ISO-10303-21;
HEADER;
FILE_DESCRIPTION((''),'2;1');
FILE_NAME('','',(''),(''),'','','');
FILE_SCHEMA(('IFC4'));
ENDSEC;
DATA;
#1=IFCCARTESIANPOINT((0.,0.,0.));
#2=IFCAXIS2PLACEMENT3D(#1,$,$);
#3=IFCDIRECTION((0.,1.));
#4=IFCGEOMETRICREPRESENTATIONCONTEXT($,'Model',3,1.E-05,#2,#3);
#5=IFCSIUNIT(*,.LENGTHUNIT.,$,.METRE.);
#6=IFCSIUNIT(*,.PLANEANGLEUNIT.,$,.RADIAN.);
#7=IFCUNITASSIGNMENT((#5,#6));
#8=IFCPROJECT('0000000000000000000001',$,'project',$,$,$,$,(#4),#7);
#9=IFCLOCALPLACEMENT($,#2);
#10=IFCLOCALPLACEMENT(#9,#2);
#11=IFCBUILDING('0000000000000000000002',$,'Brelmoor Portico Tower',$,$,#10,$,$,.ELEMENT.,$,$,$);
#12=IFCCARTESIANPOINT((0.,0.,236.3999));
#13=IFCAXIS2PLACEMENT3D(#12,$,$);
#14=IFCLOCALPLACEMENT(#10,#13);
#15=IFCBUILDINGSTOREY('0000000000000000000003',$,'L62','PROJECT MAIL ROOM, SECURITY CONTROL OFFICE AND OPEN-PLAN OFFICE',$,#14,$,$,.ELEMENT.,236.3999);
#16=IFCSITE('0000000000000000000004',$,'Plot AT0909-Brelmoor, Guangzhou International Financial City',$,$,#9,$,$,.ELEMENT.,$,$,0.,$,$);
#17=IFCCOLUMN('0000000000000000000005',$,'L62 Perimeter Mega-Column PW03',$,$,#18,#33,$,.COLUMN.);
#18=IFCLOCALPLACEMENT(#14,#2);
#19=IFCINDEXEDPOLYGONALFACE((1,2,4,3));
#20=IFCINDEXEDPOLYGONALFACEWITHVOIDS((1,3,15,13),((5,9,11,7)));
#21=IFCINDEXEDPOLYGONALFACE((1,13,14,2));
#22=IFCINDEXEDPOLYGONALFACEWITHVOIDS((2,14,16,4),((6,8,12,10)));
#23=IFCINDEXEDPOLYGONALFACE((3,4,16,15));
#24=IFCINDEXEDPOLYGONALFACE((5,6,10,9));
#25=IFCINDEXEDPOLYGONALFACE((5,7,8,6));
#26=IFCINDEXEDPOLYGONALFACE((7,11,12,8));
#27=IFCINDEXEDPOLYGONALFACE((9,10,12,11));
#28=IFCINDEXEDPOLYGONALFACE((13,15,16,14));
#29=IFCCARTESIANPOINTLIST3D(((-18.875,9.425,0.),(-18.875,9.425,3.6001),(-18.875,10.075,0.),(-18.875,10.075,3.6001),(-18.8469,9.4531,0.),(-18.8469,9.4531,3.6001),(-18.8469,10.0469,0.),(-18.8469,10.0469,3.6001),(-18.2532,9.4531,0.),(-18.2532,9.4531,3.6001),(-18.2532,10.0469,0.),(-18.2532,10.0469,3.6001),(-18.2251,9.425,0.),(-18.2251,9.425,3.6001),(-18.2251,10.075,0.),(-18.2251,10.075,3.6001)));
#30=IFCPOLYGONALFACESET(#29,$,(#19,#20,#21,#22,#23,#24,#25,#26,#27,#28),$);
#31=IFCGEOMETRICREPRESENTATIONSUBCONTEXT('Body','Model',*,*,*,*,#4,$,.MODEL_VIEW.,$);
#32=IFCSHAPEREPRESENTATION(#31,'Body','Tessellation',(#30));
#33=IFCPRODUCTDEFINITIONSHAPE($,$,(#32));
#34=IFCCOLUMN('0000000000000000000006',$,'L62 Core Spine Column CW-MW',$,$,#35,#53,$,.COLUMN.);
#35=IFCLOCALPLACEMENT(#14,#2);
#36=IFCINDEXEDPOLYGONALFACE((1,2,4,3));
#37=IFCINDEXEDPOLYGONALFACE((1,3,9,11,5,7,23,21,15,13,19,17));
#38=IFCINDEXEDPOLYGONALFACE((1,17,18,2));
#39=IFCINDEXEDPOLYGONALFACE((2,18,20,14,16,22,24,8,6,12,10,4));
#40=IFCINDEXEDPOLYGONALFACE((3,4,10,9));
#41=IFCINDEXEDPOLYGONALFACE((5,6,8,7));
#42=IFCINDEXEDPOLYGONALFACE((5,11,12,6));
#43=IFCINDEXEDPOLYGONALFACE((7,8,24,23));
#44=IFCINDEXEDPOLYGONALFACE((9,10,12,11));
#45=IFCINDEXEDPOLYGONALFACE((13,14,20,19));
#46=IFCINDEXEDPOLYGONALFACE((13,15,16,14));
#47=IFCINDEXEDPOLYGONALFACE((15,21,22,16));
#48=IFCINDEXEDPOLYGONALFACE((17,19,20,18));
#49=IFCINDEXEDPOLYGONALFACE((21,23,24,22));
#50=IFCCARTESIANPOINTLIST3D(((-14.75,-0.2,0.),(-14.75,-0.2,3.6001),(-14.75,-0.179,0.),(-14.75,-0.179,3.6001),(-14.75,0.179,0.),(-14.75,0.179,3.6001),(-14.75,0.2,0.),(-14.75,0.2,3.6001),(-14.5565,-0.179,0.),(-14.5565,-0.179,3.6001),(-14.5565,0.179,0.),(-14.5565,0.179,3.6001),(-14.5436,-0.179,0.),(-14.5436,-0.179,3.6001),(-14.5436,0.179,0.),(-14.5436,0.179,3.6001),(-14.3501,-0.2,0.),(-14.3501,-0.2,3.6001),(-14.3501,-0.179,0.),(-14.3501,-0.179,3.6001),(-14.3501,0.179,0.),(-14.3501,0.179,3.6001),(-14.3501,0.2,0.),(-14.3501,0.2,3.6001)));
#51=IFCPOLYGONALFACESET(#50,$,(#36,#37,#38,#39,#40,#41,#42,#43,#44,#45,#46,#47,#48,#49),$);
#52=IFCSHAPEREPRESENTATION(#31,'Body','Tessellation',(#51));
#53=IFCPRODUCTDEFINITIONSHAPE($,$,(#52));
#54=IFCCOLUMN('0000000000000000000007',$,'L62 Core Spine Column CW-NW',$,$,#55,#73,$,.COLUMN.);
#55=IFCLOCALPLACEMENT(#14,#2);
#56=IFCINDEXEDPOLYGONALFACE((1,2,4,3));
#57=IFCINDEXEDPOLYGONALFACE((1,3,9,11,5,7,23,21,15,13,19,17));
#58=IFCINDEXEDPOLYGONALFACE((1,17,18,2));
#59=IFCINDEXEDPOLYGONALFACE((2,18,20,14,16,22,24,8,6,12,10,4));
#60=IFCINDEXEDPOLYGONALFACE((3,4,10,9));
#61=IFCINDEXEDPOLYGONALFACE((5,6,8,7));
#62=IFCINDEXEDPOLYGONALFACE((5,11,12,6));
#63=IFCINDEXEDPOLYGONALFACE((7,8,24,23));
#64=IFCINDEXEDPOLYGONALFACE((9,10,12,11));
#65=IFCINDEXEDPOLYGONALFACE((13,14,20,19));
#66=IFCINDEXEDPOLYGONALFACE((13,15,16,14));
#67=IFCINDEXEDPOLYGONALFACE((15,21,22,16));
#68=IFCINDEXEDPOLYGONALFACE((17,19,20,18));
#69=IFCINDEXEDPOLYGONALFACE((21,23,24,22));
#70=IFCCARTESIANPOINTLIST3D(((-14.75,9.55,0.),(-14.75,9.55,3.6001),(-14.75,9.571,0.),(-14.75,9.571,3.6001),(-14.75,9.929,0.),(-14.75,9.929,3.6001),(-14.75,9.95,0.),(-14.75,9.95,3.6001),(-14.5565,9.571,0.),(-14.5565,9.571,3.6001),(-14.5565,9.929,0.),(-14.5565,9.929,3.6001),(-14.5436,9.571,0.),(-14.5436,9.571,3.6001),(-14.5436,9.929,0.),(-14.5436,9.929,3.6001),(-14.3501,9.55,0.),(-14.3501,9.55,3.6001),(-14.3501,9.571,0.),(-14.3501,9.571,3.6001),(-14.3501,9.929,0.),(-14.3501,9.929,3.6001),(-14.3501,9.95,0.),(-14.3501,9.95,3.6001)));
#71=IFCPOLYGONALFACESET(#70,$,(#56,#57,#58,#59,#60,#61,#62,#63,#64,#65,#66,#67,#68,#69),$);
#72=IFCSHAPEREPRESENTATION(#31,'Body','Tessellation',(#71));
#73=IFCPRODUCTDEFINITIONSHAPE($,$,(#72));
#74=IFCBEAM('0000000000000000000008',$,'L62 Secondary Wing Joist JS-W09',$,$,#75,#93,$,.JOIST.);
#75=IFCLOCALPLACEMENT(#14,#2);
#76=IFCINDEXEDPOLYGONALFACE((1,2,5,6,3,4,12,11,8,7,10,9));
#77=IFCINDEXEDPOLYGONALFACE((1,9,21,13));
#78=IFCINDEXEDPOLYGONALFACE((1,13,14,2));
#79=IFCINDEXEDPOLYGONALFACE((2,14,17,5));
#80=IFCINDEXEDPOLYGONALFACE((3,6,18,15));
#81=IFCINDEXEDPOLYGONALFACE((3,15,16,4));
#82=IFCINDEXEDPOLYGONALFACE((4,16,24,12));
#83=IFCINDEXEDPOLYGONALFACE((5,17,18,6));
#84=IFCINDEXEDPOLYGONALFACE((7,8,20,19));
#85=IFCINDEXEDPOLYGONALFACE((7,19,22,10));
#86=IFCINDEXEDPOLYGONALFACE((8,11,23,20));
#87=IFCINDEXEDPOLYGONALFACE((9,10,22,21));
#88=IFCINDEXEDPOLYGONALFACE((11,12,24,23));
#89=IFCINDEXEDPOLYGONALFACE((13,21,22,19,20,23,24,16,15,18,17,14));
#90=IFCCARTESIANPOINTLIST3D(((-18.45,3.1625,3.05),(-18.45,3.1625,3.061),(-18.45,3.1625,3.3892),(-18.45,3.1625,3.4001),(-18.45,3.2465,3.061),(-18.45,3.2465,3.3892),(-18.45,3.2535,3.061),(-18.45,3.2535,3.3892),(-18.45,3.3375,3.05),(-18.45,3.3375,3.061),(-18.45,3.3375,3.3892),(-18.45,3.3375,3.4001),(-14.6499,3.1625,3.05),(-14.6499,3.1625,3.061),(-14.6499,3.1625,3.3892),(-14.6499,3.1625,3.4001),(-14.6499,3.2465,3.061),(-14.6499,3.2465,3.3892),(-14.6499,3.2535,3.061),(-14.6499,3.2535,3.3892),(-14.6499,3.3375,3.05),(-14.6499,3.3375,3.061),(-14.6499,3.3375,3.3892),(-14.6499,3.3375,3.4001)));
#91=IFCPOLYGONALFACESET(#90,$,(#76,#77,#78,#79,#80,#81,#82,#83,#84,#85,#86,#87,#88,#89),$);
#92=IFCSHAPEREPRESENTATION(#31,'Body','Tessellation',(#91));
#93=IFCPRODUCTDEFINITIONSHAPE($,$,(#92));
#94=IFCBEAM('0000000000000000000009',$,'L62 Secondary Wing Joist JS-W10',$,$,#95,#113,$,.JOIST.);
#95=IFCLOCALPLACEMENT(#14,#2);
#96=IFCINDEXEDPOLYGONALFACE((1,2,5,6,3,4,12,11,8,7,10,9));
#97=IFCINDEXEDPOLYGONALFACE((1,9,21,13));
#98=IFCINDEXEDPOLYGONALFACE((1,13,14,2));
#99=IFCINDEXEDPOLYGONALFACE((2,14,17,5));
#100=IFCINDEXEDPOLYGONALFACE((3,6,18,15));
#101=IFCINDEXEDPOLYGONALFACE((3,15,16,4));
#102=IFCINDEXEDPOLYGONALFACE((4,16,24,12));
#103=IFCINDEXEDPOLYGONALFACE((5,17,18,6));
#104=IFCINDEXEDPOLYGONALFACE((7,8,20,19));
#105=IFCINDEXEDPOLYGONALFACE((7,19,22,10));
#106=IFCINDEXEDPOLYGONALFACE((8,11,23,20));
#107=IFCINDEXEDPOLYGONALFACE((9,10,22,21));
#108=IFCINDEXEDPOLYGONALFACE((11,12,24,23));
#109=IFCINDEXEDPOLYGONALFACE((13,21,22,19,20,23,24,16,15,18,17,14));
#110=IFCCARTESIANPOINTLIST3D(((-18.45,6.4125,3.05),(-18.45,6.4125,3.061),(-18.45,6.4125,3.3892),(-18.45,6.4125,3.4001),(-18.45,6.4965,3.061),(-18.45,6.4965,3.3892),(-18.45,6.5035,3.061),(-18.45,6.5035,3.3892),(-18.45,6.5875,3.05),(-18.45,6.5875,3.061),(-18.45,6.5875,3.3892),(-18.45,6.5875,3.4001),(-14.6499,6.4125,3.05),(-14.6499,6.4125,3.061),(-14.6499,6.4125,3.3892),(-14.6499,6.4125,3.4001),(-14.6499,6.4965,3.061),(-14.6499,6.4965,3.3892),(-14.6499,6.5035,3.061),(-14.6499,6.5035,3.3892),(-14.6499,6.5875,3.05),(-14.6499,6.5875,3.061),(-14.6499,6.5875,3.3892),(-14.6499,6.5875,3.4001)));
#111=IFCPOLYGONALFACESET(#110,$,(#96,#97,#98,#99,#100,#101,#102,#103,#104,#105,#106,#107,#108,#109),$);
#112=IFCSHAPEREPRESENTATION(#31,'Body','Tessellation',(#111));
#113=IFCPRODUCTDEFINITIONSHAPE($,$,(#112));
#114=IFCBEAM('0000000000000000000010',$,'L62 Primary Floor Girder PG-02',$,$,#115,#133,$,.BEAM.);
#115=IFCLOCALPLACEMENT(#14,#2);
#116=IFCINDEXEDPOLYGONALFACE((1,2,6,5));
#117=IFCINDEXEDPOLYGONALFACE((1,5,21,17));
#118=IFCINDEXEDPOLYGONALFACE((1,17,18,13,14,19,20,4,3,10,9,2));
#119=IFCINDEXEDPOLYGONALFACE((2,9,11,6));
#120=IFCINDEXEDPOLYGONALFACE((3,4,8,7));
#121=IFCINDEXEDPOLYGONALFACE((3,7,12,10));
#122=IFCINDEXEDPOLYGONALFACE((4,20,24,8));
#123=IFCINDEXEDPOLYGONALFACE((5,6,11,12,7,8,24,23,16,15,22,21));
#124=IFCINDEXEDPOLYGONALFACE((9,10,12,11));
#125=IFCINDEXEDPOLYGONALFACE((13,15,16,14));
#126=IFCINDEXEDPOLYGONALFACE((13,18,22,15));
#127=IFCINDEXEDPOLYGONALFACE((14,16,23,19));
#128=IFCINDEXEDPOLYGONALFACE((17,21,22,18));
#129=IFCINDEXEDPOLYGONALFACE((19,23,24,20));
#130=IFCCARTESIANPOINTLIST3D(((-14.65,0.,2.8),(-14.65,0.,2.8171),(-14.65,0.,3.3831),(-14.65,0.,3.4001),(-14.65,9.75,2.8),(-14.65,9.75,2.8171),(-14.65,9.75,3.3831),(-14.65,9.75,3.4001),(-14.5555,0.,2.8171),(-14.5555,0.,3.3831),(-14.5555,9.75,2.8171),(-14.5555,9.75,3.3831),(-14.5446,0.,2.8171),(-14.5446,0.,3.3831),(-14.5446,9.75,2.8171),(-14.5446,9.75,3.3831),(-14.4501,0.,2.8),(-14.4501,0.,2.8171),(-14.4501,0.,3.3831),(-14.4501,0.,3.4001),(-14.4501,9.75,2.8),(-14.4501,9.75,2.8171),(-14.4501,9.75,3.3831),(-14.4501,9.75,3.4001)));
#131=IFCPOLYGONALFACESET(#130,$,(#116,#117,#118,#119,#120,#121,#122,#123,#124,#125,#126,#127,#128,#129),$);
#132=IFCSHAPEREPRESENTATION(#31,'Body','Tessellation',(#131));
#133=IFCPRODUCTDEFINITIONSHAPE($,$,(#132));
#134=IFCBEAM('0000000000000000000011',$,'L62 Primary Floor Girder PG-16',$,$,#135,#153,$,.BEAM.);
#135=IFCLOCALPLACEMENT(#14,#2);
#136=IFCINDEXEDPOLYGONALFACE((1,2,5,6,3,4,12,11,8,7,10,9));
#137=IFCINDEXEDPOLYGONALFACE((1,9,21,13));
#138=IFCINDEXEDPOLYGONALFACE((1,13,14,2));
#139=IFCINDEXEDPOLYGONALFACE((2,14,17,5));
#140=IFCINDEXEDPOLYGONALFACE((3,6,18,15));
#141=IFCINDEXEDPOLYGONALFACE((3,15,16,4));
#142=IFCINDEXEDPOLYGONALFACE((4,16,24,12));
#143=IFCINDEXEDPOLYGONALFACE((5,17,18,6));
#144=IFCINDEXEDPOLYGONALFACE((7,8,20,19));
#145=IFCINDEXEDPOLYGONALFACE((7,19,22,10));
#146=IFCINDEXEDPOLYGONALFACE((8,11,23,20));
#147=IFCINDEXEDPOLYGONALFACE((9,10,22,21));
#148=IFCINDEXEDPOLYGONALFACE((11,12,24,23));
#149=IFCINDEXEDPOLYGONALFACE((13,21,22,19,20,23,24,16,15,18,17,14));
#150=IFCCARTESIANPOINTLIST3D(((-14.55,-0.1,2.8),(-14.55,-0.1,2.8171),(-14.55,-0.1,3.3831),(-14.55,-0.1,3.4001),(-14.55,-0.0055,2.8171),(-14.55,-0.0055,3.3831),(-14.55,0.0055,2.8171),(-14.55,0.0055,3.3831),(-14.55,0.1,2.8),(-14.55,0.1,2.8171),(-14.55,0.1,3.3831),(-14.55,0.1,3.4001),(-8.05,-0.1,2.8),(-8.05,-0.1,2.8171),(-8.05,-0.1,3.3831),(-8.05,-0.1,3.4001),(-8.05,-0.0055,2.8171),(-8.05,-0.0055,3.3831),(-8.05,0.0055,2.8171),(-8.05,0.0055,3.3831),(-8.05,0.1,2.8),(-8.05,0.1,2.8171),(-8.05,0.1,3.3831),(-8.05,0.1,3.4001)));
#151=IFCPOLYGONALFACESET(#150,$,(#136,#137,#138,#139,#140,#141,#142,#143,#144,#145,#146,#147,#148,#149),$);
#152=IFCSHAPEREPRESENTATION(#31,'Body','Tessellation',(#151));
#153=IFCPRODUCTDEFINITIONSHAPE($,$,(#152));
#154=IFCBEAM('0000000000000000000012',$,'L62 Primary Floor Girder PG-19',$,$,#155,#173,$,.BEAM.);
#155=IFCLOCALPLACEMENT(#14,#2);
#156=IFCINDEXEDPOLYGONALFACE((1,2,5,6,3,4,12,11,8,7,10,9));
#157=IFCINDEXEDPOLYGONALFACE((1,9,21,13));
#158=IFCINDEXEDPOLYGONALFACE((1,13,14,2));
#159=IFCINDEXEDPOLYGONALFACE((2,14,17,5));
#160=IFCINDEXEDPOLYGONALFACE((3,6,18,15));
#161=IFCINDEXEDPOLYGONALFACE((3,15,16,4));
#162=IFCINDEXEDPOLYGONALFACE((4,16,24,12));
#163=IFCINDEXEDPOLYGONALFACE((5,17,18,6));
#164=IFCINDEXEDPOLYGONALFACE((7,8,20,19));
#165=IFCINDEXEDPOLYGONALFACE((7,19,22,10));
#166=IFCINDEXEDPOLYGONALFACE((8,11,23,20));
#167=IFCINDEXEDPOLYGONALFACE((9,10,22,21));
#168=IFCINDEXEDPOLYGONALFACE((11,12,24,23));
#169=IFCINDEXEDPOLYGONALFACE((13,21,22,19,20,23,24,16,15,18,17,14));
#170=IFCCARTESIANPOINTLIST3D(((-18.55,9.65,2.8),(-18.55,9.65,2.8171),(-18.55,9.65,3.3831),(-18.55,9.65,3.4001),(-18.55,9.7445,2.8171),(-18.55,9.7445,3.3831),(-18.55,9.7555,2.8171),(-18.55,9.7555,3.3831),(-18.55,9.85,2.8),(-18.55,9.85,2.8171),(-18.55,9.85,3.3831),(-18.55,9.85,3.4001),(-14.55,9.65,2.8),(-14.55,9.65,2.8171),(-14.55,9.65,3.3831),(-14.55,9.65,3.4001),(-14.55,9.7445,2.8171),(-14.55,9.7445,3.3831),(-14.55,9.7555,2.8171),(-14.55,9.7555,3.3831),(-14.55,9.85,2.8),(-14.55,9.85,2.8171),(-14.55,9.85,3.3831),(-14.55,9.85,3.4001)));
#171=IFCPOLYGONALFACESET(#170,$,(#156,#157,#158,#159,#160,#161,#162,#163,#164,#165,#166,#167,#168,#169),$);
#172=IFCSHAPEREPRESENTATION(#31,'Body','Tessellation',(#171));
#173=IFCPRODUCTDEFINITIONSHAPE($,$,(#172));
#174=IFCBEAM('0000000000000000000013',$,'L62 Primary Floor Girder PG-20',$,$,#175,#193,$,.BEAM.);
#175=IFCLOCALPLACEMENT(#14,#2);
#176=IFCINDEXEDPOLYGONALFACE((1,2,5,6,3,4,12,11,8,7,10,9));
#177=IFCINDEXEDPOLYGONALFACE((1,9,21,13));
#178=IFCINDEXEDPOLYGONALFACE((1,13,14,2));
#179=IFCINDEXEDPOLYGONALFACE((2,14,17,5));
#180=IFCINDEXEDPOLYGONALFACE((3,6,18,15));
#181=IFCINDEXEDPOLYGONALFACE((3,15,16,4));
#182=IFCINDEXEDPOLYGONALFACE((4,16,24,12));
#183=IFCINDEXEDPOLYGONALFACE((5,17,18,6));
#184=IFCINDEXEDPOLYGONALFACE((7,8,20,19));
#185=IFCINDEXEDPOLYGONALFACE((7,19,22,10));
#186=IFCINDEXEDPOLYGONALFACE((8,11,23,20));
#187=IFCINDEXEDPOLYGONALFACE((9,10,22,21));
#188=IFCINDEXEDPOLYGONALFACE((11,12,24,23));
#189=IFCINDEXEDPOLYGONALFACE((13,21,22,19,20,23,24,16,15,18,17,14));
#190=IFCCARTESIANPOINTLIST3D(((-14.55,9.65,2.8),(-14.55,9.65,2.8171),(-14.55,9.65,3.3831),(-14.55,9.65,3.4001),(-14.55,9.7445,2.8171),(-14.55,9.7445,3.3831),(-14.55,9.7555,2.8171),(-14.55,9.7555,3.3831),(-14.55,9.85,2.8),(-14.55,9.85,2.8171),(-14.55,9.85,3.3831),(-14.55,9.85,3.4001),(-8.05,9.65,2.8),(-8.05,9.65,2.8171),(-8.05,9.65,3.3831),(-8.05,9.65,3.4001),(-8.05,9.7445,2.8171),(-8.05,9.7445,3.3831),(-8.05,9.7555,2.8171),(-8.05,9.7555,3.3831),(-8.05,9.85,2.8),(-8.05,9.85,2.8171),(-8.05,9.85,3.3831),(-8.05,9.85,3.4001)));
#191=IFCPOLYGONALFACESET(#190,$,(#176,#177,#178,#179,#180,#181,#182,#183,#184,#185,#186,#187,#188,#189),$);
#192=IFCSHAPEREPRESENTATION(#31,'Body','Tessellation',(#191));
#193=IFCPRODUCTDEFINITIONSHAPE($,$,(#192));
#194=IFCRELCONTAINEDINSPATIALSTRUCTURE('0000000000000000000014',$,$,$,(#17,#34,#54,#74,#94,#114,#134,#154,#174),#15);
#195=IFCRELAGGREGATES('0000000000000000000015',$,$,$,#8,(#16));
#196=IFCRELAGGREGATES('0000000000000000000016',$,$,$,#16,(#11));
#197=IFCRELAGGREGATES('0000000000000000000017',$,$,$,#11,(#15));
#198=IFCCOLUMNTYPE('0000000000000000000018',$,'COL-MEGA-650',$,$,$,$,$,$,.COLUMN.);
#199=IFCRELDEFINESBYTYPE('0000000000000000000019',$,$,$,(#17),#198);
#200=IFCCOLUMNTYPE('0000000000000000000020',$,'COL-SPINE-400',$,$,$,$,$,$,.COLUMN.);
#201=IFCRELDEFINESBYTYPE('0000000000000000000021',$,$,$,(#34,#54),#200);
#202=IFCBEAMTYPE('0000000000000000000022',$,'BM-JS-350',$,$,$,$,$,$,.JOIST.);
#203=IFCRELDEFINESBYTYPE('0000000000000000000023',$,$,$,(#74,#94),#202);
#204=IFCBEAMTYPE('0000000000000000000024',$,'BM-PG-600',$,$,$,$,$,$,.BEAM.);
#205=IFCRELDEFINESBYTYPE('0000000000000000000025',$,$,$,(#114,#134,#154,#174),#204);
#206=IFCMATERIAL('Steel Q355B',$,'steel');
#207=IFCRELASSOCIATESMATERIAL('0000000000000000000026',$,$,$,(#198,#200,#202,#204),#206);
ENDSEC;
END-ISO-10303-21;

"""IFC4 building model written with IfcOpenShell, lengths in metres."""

from ifc_helpers import new_model, si_unit, direction, frame, origin, origin_2d, place, context, subcontext, project, spatial, hollow_rectangle, i_section, extrude, material, material_profile, profile_set, type_object, element, save


model = new_model("IFC4")

# Units and contexts
model_context = context("Model", 3, precision=1e-05, world=origin(), true_north=direction((0.0, 1.0)))
body_context = subcontext(model_context, "Body", "Model", "MODEL_VIEW")
ifc_project = project(units=[si_unit("LENGTHUNIT", "METRE"), si_unit("PLANEANGLEUNIT", "RADIAN")], contexts=[model_context])

# Site, building, storey
site_placement = place(None, origin())
site = spatial("IfcSite", under=ifc_project, at=site_placement, Name="Plot AT0909-Brelmoor, Guangzhou International Financial City", CompositionType="ELEMENT", RefElevation=0.0)
building_placement = place(site_placement, origin())
building = spatial("IfcBuilding", under=site, at=building_placement, Name="Brelmoor Portico Tower", CompositionType="ELEMENT")
storey_placement = place(building_placement, frame((0.0, 0.0, 236.3999)))
storey = spatial("IfcBuildingStorey", under=building, at=storey_placement, Name="L62", Description="PROJECT MAIL ROOM, SECURITY CONTROL OFFICE AND OPEN-PLAN OFFICE", CompositionType="ELEMENT", Elevation=236.3999)

# Columns
ifc_material_1 = material(Name="Steel Q355B", Category="steel")
ifc_material_profile_1 = material_profile(ifc_material_1, hollow_rectangle(XDim=0.6499, YDim=0.6499, WallThickness=0.0281, at=origin_2d()), Name="BOX 650x650x28")
ifc_profile_set_1 = profile_set([ifc_material_profile_1], Name="Steel Q355B")
column_type_1 = type_object("IfcColumnType", Name="COL-MEGA-650", PredefinedType="COLUMN", material=ifc_profile_set_1)
column_placement = place(storey_placement, frame((-18.55, 9.75, 0.0), z_axis=(0.0, 0.0, 1.0), x_axis=(0.0, 1.0, 0.0)))
element("IfcColumn", 1, at=column_placement, inside=storey, type_object=column_type_1, Name="L62 Perimeter Mega-Column PW03", PredefinedType="COLUMN", context=body_context, shape_type="SweptSolid", body=[
    extrude(hollow_rectangle(XDim=0.6499, YDim=0.6499, WallThickness=0.0281, at=origin_2d()), origin(), (0.0, 0.0, 1.0), 3.6001),
])
ifc_material_profile_2 = material_profile(ifc_material_1, i_section(OverallWidth=0.3999, OverallDepth=0.3999, WebThickness=0.0129, FlangeThickness=0.021, at=origin_2d()), Name="HW 400x400x13x21")
ifc_profile_set_2 = profile_set([ifc_material_profile_2], Name="Steel Q355B")
column_type_2 = type_object("IfcColumnType", Name="COL-SPINE-400", PredefinedType="COLUMN", material=ifc_profile_set_2)
for number, where, z_axis, x_axis, name in (
    (2, (-14.55, 0.0, 0.0), (0.0, 0.0, 1.0), (1.0, 0.0, 0.0), "L62 Core Spine Column CW-MW"),
    (3, (-14.55, 9.75, 0.0), (0.0, 0.0, 1.0), (1.0, 0.0, 0.0), "L62 Core Spine Column CW-NW"),
):
    element("IfcColumn", number, at=place(storey_placement, frame(where, z_axis=z_axis, x_axis=x_axis)), inside=storey, type_object=column_type_2, Name=name, PredefinedType="COLUMN", context=body_context, shape_type="SweptSolid", body=[
        extrude(i_section(OverallWidth=0.3999, OverallDepth=0.3999, WebThickness=0.0129, FlangeThickness=0.021, at=origin_2d()), origin(), (0.0, 0.0, 1.0), 3.6001),
    ])

# Beams
ifc_material_profile_3 = material_profile(ifc_material_1, i_section(OverallWidth=0.175, OverallDepth=0.3501, WebThickness=0.0071, FlangeThickness=0.011, at=origin_2d()), Name="HN 350x175x7x11")
ifc_profile_set_3 = profile_set([ifc_material_profile_3], Name="Steel Q355B")
beam_type_1 = type_object("IfcBeamType", Name="BM-JS-350", PredefinedType="JOIST", material=ifc_profile_set_3)
for number, where, z_axis, x_axis, name in (
    (4, (-18.45, 3.25, 3.2251), (1.0, 0.0, 0.0), (0.0, 1.0, 0.0), "L62 Secondary Wing Joist JS-W09"),
    (5, (-18.45, 6.5, 3.2251), (1.0, 0.0, 0.0), (0.0, 1.0, 0.0), "L62 Secondary Wing Joist JS-W10"),
):
    element("IfcBeam", number, at=place(storey_placement, frame(where, z_axis=z_axis, x_axis=x_axis)), inside=storey, type_object=beam_type_1, Name=name, PredefinedType="JOIST", context=body_context, shape_type="SweptSolid", body=[
        extrude(i_section(OverallWidth=0.175, OverallDepth=0.3501, WebThickness=0.0071, FlangeThickness=0.011, at=origin_2d()), origin(), (0.0, 0.0, 1.0), 3.8),
    ])
ifc_material_profile_4 = material_profile(ifc_material_1, i_section(OverallWidth=0.2, OverallDepth=0.6001, WebThickness=0.011, FlangeThickness=0.0171, at=origin_2d()), Name="HN 600x200x11x17")
ifc_profile_set_4 = profile_set([ifc_material_profile_4], Name="Steel Q355B")
beam_type_2 = type_object("IfcBeamType", Name="BM-PG-600", PredefinedType="BEAM", material=ifc_profile_set_4)
beam_1_placement = place(storey_placement, frame((-14.55, 0.0, 3.1001), z_axis=(0.0, 1.0, 0.0), x_axis=(-1.0, 0.0, 0.0)))
element("IfcBeam", 6, at=beam_1_placement, inside=storey, type_object=beam_type_2, Name="L62 Primary Floor Girder PG-02", PredefinedType="BEAM", context=body_context, shape_type="SweptSolid", body=[
    extrude(i_section(OverallWidth=0.2, OverallDepth=0.6001, WebThickness=0.011, FlangeThickness=0.0171, at=origin_2d()), origin(), (0.0, 0.0, 1.0), 9.75),
])
beam_2_placement = place(storey_placement, frame((-14.55, 0.0, 3.1001), z_axis=(1.0, 0.0, 0.0), x_axis=(0.0, 1.0, 0.0)))
element("IfcBeam", 7, at=beam_2_placement, inside=storey, type_object=beam_type_2, Name="L62 Primary Floor Girder PG-16", PredefinedType="BEAM", context=body_context, shape_type="SweptSolid", body=[
    extrude(i_section(OverallWidth=0.2, OverallDepth=0.6001, WebThickness=0.011, FlangeThickness=0.0171, at=origin_2d()), origin(), (0.0, 0.0, 1.0), 6.5),
])
beam_3_placement = place(storey_placement, frame((-18.55, 9.75, 3.1001), z_axis=(1.0, 0.0, 0.0), x_axis=(0.0, 1.0, 0.0)))
element("IfcBeam", 8, at=beam_3_placement, inside=storey, type_object=beam_type_2, Name="L62 Primary Floor Girder PG-19", PredefinedType="BEAM", context=body_context, shape_type="SweptSolid", body=[
    extrude(i_section(OverallWidth=0.2, OverallDepth=0.6001, WebThickness=0.011, FlangeThickness=0.0171, at=origin_2d()), origin(), (0.0, 0.0, 1.0), 4.0),
])
beam_4_placement = place(storey_placement, frame((-14.55, 9.75, 3.1001), z_axis=(1.0, 0.0, 0.0), x_axis=(0.0, 1.0, 0.0)))
element("IfcBeam", 9, at=beam_4_placement, inside=storey, type_object=beam_type_2, Name="L62 Primary Floor Girder PG-20", PredefinedType="BEAM", context=body_context, shape_type="SweptSolid", body=[
    extrude(i_section(OverallWidth=0.2, OverallDepth=0.6001, WebThickness=0.011, FlangeThickness=0.0171, at=origin_2d()), origin(), (0.0, 0.0, 1.0), 6.5),
])

save(model, "model.ifc")
